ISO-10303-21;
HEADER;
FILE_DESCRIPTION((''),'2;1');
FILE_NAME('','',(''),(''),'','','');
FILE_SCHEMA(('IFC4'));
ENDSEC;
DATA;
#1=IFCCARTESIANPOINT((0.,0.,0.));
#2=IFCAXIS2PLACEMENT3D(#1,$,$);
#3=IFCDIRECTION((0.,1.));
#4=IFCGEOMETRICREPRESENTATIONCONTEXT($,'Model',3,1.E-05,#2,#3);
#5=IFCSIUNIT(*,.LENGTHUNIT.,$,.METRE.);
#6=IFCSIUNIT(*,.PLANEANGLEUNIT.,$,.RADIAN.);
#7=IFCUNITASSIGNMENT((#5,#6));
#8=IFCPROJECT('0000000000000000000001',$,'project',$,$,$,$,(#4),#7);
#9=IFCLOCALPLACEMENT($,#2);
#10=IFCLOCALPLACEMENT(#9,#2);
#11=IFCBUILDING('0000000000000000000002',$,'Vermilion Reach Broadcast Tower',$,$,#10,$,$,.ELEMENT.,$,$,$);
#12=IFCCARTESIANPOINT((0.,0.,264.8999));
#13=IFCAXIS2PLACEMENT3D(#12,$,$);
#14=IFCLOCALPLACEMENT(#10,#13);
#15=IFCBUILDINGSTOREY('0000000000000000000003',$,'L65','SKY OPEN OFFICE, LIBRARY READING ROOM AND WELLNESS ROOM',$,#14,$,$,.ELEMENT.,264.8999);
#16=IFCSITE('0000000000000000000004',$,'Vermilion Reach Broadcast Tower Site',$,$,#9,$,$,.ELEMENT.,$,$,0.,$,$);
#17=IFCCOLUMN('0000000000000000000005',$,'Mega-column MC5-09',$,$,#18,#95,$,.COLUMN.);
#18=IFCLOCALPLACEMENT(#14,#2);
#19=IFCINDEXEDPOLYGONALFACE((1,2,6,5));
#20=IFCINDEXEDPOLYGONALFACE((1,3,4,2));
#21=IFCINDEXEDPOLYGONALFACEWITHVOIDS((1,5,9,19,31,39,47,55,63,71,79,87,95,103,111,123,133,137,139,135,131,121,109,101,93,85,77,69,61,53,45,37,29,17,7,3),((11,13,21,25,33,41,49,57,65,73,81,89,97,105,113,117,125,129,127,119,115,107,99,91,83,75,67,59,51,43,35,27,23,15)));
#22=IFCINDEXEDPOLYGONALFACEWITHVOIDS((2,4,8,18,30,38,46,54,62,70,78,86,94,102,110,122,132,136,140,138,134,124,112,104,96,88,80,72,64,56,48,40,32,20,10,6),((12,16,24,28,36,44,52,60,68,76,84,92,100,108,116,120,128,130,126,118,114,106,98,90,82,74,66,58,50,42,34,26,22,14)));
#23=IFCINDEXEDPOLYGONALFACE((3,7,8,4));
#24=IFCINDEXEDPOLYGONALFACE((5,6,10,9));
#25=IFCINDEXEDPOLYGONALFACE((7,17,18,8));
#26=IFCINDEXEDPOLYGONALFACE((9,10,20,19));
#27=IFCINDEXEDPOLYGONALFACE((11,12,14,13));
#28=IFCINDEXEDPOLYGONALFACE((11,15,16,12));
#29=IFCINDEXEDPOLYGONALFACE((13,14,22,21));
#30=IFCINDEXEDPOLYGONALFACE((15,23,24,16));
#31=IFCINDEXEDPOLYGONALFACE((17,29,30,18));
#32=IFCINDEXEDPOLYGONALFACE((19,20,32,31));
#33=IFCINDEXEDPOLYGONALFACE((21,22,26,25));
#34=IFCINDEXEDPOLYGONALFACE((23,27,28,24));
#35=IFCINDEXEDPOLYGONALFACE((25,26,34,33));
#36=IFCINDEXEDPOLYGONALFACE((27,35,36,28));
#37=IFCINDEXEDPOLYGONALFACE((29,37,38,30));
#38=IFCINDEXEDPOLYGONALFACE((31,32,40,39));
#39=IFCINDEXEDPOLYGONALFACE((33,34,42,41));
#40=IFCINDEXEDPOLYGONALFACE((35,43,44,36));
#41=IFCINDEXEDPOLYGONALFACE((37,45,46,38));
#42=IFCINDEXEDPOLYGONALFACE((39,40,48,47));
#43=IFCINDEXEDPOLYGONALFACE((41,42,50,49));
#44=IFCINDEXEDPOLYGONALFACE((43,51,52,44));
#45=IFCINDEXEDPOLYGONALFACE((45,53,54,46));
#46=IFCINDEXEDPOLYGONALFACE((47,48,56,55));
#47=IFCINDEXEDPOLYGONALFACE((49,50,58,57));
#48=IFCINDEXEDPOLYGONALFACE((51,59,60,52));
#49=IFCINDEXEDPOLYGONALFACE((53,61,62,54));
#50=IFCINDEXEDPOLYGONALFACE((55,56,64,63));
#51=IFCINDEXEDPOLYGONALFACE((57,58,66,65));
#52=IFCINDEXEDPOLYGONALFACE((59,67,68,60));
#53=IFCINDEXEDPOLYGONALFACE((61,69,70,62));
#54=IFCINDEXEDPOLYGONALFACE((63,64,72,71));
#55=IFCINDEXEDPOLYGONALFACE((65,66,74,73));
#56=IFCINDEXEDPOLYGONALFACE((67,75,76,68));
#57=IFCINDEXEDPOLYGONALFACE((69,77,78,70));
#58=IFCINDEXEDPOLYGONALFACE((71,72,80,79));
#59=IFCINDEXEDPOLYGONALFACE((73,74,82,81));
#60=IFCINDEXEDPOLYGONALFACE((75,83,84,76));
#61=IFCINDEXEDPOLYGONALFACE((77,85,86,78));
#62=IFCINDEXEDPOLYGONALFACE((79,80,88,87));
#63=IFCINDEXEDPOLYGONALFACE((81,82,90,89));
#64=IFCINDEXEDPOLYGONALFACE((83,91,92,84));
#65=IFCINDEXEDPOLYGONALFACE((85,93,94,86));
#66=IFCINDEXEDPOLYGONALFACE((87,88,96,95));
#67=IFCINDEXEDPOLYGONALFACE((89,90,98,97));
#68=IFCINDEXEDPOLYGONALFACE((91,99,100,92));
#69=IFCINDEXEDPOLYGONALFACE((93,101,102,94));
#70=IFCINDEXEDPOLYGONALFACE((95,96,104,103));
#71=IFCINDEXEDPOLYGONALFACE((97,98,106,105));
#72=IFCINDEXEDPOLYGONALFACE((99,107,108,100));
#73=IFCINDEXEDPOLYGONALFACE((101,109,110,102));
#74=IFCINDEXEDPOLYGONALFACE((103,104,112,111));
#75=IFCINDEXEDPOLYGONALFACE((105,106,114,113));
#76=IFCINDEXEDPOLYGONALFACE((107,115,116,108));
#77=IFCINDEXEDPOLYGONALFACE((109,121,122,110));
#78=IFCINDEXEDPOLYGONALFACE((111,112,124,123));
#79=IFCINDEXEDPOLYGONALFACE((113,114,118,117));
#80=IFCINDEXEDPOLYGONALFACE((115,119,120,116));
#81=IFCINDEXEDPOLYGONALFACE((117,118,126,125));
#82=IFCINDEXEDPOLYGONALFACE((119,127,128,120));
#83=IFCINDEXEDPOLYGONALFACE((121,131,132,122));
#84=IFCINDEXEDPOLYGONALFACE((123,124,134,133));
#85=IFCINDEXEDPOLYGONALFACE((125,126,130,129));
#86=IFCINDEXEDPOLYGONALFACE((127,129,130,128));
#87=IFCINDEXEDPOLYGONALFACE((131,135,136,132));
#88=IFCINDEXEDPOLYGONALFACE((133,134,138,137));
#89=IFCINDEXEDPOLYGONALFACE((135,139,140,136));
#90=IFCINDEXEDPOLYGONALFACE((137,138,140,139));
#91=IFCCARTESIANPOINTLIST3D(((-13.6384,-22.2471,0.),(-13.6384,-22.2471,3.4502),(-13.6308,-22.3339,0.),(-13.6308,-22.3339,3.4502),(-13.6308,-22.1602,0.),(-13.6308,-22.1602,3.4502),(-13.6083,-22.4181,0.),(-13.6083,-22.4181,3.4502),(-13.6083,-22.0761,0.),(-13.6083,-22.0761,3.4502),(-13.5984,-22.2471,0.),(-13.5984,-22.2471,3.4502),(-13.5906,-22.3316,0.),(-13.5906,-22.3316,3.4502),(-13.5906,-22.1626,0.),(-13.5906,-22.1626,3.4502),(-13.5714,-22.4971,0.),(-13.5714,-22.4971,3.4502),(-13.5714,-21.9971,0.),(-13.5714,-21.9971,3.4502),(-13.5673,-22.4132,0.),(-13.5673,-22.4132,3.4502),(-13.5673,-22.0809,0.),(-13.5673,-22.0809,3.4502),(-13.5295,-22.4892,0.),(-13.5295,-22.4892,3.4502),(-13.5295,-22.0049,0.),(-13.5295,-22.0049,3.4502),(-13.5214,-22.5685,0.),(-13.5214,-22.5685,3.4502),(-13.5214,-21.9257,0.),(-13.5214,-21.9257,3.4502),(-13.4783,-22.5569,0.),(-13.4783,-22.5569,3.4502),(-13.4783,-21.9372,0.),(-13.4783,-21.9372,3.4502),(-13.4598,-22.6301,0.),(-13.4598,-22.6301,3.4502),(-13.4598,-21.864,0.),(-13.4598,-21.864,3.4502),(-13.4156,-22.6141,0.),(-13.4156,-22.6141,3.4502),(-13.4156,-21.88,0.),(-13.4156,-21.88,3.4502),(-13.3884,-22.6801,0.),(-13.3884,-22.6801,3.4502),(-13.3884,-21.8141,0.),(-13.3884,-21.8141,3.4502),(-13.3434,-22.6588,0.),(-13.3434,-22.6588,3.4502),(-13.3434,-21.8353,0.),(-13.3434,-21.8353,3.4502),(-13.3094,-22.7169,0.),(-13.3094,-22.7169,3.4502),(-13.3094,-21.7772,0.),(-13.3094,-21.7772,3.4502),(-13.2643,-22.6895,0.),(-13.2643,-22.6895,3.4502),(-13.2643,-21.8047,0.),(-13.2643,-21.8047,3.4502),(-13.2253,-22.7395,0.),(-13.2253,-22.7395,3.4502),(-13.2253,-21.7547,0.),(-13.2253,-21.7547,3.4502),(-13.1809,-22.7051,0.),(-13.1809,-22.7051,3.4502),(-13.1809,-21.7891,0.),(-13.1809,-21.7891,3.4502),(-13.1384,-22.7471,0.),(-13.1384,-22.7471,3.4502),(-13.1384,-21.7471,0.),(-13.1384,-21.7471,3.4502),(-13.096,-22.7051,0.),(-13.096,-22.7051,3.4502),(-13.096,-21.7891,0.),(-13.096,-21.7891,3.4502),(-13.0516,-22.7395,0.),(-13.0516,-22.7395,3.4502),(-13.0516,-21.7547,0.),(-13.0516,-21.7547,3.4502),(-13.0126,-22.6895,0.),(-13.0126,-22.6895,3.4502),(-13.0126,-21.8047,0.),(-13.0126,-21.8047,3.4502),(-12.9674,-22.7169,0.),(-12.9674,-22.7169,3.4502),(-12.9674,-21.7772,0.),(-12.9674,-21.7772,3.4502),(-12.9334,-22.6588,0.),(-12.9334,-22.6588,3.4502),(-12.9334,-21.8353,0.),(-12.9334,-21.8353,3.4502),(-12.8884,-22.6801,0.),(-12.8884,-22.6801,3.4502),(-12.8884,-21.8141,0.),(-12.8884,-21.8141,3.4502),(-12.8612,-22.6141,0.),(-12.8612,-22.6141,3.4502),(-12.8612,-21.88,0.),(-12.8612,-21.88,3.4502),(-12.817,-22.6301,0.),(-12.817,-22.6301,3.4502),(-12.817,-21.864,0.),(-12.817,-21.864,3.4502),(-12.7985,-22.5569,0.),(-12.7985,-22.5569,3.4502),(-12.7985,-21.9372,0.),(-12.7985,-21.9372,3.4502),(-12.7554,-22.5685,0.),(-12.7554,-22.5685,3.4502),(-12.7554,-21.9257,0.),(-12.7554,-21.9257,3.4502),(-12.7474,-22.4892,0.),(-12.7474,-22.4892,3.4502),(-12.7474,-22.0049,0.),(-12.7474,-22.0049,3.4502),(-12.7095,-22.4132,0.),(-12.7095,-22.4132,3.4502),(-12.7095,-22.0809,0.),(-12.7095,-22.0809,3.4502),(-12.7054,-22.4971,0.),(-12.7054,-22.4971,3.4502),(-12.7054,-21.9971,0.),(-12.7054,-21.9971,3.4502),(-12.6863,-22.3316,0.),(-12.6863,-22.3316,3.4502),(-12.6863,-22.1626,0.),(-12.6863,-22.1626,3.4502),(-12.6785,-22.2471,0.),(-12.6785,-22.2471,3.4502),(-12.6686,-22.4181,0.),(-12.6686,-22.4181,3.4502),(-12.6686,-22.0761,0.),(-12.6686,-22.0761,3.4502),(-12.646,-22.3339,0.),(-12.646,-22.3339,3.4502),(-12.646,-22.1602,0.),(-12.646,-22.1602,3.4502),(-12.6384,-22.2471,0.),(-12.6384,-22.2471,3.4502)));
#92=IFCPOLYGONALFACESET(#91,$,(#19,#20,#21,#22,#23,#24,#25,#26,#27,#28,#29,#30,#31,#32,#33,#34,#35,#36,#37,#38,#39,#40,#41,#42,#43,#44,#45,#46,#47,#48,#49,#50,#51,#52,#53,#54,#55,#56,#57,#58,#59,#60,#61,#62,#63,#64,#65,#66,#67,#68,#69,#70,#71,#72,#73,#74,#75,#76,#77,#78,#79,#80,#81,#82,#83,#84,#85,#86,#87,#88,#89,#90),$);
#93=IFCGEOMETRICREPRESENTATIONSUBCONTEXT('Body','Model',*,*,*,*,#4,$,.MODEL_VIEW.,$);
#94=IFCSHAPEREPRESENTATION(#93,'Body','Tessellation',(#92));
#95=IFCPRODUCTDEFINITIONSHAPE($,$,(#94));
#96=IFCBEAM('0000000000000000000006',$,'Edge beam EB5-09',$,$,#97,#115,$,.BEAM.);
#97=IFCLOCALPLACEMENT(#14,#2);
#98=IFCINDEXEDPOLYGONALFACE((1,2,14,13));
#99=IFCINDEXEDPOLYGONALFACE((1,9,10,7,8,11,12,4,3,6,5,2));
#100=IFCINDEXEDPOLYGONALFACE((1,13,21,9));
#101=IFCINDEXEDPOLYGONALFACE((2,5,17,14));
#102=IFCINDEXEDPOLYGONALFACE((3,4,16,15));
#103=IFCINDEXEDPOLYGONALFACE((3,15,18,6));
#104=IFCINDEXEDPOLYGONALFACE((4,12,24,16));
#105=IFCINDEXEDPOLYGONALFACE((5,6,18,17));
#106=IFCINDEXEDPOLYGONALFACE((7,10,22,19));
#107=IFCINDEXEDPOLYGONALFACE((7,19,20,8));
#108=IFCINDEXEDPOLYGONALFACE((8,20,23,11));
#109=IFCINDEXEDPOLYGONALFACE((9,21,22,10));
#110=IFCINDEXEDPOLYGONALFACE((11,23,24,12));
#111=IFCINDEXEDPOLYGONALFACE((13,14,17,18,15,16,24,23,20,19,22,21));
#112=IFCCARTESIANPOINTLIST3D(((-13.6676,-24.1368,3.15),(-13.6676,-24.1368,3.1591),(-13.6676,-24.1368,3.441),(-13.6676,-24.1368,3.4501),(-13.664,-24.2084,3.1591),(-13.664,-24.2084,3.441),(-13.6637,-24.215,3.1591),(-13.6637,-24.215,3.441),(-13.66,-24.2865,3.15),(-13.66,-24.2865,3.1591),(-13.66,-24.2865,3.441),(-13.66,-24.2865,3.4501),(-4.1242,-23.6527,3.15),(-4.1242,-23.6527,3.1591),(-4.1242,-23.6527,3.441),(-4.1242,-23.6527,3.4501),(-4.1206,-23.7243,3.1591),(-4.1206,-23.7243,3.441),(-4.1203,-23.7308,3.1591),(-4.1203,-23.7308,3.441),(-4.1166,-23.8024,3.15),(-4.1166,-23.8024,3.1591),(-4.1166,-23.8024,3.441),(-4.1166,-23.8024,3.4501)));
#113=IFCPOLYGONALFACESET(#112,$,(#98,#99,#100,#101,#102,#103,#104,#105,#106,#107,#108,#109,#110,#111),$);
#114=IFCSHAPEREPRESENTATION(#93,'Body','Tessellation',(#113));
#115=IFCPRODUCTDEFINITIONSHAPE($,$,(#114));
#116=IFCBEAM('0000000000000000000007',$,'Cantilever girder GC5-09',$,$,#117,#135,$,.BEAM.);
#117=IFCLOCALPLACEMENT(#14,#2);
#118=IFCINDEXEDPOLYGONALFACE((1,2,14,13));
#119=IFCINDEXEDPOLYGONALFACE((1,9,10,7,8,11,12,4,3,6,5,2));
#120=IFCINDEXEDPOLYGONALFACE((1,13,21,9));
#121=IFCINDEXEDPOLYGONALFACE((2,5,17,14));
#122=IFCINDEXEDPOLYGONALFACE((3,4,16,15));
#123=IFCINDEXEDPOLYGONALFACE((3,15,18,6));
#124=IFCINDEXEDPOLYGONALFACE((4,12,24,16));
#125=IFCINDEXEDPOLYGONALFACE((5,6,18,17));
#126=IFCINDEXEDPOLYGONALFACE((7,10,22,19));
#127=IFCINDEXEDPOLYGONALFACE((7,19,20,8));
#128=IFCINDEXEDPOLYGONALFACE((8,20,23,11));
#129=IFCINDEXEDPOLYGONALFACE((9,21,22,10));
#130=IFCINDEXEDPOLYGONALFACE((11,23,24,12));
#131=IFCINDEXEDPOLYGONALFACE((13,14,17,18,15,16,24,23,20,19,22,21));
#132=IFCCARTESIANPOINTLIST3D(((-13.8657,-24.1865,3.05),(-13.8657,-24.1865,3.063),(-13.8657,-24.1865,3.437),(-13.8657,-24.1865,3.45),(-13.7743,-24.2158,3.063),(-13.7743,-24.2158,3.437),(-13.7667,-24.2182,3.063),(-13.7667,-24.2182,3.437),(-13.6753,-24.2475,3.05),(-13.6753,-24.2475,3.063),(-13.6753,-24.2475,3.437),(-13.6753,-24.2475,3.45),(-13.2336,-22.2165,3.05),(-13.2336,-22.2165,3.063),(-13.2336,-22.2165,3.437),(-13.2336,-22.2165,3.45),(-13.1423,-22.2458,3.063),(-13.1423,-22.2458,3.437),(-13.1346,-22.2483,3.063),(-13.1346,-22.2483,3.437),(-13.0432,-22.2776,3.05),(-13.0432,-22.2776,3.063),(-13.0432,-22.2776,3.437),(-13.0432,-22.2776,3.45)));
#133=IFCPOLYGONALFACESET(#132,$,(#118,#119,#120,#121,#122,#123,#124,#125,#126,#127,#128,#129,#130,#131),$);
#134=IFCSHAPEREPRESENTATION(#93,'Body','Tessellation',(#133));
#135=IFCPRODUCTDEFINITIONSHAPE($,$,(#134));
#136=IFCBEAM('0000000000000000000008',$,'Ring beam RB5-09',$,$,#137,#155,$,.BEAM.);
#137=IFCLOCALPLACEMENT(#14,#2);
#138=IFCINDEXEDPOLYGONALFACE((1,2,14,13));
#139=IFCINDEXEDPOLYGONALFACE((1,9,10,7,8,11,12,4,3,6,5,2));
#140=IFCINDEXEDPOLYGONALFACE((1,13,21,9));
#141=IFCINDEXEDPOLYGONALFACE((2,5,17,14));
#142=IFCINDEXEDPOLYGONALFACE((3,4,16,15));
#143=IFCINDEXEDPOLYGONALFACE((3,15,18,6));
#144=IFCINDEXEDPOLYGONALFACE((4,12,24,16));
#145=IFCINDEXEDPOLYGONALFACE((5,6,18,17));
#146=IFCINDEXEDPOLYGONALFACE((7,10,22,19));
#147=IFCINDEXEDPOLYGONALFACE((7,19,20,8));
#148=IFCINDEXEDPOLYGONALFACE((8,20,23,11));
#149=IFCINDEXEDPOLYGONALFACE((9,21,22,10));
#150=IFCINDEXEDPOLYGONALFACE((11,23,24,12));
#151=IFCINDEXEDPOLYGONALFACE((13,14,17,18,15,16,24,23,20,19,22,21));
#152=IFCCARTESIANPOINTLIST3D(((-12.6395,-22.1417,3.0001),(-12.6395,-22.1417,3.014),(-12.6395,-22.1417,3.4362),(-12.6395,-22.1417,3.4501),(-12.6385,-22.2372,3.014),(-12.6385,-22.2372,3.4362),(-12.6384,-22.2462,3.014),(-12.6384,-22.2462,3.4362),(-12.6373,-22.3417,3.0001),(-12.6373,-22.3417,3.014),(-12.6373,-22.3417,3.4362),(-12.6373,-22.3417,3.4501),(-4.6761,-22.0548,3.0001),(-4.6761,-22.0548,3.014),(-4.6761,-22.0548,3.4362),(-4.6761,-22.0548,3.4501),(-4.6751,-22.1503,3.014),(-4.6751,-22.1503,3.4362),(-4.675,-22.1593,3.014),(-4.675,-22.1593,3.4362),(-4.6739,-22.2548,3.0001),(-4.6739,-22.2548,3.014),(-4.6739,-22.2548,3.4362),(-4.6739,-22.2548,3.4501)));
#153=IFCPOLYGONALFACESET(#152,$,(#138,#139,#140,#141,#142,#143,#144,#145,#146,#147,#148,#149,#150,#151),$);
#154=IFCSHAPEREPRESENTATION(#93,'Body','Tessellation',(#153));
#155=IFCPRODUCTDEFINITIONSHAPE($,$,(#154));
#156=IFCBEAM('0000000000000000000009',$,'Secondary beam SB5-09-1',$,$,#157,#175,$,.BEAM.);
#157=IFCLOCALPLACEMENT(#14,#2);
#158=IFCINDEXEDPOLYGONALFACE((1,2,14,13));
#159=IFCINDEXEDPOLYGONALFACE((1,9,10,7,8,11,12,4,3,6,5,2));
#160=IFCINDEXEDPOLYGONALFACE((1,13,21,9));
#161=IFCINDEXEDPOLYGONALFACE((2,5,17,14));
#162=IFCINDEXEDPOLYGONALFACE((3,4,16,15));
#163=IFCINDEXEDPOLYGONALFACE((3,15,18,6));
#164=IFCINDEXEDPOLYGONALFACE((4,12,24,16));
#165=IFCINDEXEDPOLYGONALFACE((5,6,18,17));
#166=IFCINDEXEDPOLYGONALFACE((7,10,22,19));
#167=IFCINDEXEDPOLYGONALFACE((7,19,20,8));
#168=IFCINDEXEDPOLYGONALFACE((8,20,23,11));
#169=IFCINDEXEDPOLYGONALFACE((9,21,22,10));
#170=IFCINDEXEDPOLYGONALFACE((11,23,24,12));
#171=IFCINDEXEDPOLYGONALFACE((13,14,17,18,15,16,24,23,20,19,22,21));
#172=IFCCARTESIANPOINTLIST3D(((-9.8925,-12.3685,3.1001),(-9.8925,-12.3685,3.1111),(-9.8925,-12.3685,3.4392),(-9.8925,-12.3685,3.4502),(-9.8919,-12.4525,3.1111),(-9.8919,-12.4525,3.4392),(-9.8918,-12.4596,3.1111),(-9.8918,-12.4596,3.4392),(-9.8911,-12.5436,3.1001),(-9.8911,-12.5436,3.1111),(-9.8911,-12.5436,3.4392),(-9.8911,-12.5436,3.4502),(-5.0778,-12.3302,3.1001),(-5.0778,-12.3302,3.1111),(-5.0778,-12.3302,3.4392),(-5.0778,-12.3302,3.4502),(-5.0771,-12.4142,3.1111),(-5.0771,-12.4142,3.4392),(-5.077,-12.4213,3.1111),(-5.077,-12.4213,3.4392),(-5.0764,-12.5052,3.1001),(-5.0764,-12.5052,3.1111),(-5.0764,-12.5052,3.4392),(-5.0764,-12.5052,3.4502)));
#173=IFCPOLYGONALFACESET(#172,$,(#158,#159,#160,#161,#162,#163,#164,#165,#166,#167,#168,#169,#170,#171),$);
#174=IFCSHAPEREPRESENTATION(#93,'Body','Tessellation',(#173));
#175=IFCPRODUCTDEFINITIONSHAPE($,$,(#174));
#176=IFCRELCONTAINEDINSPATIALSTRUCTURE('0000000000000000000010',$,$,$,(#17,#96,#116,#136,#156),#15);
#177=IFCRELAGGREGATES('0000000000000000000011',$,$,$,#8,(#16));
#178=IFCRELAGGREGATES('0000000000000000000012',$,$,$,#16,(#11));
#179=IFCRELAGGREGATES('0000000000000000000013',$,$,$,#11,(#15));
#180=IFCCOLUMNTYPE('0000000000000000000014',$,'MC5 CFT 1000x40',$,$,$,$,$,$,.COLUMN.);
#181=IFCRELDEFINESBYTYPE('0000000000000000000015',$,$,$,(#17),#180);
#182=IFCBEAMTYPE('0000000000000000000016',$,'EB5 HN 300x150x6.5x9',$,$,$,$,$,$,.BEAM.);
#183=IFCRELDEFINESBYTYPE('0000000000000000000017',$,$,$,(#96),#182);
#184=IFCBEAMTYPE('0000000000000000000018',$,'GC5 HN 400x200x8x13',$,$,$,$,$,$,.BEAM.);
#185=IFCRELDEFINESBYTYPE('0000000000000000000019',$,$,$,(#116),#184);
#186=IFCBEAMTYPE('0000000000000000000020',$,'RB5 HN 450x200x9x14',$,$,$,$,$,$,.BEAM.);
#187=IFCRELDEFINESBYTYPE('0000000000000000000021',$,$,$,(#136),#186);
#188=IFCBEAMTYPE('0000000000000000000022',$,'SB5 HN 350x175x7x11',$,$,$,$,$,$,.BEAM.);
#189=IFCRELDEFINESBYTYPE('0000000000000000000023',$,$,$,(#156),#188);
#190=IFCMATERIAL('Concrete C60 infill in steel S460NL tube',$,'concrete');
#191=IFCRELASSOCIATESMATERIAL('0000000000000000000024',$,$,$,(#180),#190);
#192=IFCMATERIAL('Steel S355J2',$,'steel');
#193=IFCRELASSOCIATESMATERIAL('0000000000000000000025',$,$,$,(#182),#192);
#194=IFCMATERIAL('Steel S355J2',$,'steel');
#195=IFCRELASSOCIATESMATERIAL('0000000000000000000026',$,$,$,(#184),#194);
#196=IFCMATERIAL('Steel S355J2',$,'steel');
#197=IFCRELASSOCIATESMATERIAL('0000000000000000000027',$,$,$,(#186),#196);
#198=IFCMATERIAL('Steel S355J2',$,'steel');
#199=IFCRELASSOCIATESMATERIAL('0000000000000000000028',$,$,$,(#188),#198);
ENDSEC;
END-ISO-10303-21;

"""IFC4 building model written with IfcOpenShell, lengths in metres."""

from ifc_helpers import new_model, si_unit, direction, frame, origin, origin_2d, place, context, subcontext, project, spatial, hollow_circle, i_section, extrude, material, material_profile, profile_set, type_object, element, save


model = new_model("IFC4")

# Units and contexts
model_context = context("Model", 3, precision=1e-05, world=origin(), true_north=direction((0.0, 1.0)))
body_context = subcontext(model_context, "Body", "Model", "MODEL_VIEW")
ifc_project = project(units=[si_unit("LENGTHUNIT", "METRE"), si_unit("PLANEANGLEUNIT", "RADIAN")], contexts=[model_context])

# Site, building, storey
site_placement = place(None, origin())
site = spatial("IfcSite", under=ifc_project, at=site_placement, Name="Vermilion Reach Broadcast Tower Site", CompositionType="ELEMENT", RefElevation=0.0)
building_placement = place(site_placement, origin())
building = spatial("IfcBuilding", under=site, at=building_placement, Name="Vermilion Reach Broadcast Tower", CompositionType="ELEMENT")
storey_placement = place(building_placement, frame((0.0, 0.0, 264.8999)))
storey = spatial("IfcBuildingStorey", under=building, at=storey_placement, Name="L65", Description="SKY OPEN OFFICE, LIBRARY READING ROOM AND WELLNESS ROOM", CompositionType="ELEMENT", Elevation=264.8999)

# Column
ifc_material_1 = material(Name="Concrete C60 infill in steel S460NL tube", Category="concrete")
ifc_material_profile_1 = material_profile(ifc_material_1, hollow_circle(Radius=0.5, WallThickness=0.04, at=origin_2d()), Name="Concrete C60 infill in steel S460NL tube CFT 1000x40")
ifc_profile_set_1 = profile_set([ifc_material_profile_1], Name="Concrete C60 infill in steel S460NL tube")
column_type = type_object("IfcColumnType", Name="MC5 CFT 1000x40", PredefinedType="COLUMN", material=ifc_profile_set_1)
column_placement = place(storey_placement, frame((-13.1384, -22.2471, 0.0), z_axis=(0.0, 0.0, 1.0), x_axis=(1.0, 0.0, 0.0)))
element("IfcColumn", 1, at=column_placement, inside=storey, type_object=column_type, Name="Mega-column MC5-09", PredefinedType="COLUMN", context=body_context, shape_type="SweptSolid", body=[
    extrude(hollow_circle(Radius=0.5, WallThickness=0.04, at=origin_2d()), origin(), (0.0, 0.0, 1.0), 3.4502),
])

# Beams
ifc_material_2 = material(Name="Steel S355J2", Category="steel")
ifc_material_profile_2 = material_profile(ifc_material_2, i_section(OverallWidth=0.1499, OverallDepth=0.3, WebThickness=0.0066, FlangeThickness=0.009, at=origin_2d()), Name="S355J2 HN 300x150x6.5x9")
ifc_profile_set_2 = profile_set([ifc_material_profile_2], Name="Steel S355J2")
beam_type_1 = type_object("IfcBeamType", Name="EB5 HN 300x150x6.5x9", PredefinedType="BEAM", material=ifc_profile_set_2)
beam_1_placement = place(storey_placement, frame((-13.6638, -24.2117, 3.3), z_axis=(0.998716, 0.050664, 0.0), x_axis=(-0.050664, 0.998716, 0.0)))
element("IfcBeam", 2, at=beam_1_placement, inside=storey, type_object=beam_type_1, Name="Edge beam EB5-09", PredefinedType="BEAM", context=body_context, shape_type="SweptSolid", body=[
    extrude(i_section(OverallWidth=0.1499, OverallDepth=0.3, WebThickness=0.0066, FlangeThickness=0.009, at=origin_2d()), origin(), (0.0, 0.0, 1.0), 9.5557),
])
ifc_material_3 = material(Name="Steel S355J2", Category="steel")
ifc_material_profile_3 = material_profile(ifc_material_3, i_section(OverallWidth=0.2, OverallDepth=0.3999, WebThickness=0.0081, FlangeThickness=0.0129, at=origin_2d()), Name="S355J2 HN 400x200x8x13")
ifc_profile_set_3 = profile_set([ifc_material_profile_3], Name="Steel S355J2")
beam_type_2 = type_object("IfcBeamType", Name="GC5 HN 400x200x8x13", PredefinedType="BEAM", material=ifc_profile_set_3)
beam_2_placement = place(storey_placement, frame((-13.1384, -22.2471, 3.25), z_axis=(-0.305516, -0.952187, 0.0), x_axis=(0.952187, -0.305516, 0.0)))
element("IfcBeam", 3, at=beam_2_placement, inside=storey, type_object=beam_type_2, Name="Cantilever girder GC5-09", PredefinedType="BEAM", context=body_context, shape_type="SweptSolid", body=[
    extrude(i_section(OverallWidth=0.2, OverallDepth=0.3999, WebThickness=0.0081, FlangeThickness=0.0129, at=origin_2d()), origin(), (0.0, 0.0, 1.0), 2.0688),
])
ifc_material_4 = material(Name="Steel S355J2", Category="steel")
ifc_material_profile_4 = material_profile(ifc_material_4, i_section(OverallWidth=0.2, OverallDepth=0.45, WebThickness=0.009, FlangeThickness=0.0139, at=origin_2d()), Name="S355J2 HN 450x200x9x14")
ifc_profile_set_4 = profile_set([ifc_material_profile_4], Name="Steel S355J2")
beam_type_3 = type_object("IfcBeamType", Name="RB5 HN 450x200x9x14", PredefinedType="BEAM", material=ifc_profile_set_4)
beam_3_placement = place(storey_placement, frame((-12.6384, -22.2417, 3.2251), z_axis=(0.99994, 0.010914, 0.0), x_axis=(-0.010914, 0.99994, 0.0)))
element("IfcBeam", 4, at=beam_3_placement, inside=storey, type_object=beam_type_3, Name="Ring beam RB5-09", PredefinedType="BEAM", context=body_context, shape_type="SweptSolid", body=[
    extrude(i_section(OverallWidth=0.2, OverallDepth=0.45, WebThickness=0.009, FlangeThickness=0.0139, at=origin_2d()), origin(), (0.0, 0.0, 1.0), 7.9639),
])
ifc_material_5 = material(Name="Steel S355J2", Category="steel")
ifc_material_profile_5 = material_profile(ifc_material_5, i_section(OverallWidth=0.175, OverallDepth=0.3501, WebThickness=0.0071, FlangeThickness=0.011, at=origin_2d()), Name="S355J2 HN 350x175x7x11")
ifc_profile_set_5 = profile_set([ifc_material_profile_5], Name="Steel S355J2")
beam_type_4 = type_object("IfcBeamType", Name="SB5 HN 350x175x7x11", PredefinedType="BEAM", material=ifc_profile_set_5)
beam_4_placement = place(storey_placement, frame((-9.8918, -12.4561, 3.2751), z_axis=(0.999968, 0.007961, 0.0), x_axis=(-0.007961, 0.999968, 0.0)))
element("IfcBeam", 5, at=beam_4_placement, inside=storey, type_object=beam_type_4, Name="Secondary beam SB5-09-1", PredefinedType="BEAM", context=body_context, shape_type="SweptSolid", body=[
    extrude(i_section(OverallWidth=0.175, OverallDepth=0.3501, WebThickness=0.0071, FlangeThickness=0.011, at=origin_2d()), origin(), (0.0, 0.0, 1.0), 4.8149),
])

save(model, "model.ifc")
